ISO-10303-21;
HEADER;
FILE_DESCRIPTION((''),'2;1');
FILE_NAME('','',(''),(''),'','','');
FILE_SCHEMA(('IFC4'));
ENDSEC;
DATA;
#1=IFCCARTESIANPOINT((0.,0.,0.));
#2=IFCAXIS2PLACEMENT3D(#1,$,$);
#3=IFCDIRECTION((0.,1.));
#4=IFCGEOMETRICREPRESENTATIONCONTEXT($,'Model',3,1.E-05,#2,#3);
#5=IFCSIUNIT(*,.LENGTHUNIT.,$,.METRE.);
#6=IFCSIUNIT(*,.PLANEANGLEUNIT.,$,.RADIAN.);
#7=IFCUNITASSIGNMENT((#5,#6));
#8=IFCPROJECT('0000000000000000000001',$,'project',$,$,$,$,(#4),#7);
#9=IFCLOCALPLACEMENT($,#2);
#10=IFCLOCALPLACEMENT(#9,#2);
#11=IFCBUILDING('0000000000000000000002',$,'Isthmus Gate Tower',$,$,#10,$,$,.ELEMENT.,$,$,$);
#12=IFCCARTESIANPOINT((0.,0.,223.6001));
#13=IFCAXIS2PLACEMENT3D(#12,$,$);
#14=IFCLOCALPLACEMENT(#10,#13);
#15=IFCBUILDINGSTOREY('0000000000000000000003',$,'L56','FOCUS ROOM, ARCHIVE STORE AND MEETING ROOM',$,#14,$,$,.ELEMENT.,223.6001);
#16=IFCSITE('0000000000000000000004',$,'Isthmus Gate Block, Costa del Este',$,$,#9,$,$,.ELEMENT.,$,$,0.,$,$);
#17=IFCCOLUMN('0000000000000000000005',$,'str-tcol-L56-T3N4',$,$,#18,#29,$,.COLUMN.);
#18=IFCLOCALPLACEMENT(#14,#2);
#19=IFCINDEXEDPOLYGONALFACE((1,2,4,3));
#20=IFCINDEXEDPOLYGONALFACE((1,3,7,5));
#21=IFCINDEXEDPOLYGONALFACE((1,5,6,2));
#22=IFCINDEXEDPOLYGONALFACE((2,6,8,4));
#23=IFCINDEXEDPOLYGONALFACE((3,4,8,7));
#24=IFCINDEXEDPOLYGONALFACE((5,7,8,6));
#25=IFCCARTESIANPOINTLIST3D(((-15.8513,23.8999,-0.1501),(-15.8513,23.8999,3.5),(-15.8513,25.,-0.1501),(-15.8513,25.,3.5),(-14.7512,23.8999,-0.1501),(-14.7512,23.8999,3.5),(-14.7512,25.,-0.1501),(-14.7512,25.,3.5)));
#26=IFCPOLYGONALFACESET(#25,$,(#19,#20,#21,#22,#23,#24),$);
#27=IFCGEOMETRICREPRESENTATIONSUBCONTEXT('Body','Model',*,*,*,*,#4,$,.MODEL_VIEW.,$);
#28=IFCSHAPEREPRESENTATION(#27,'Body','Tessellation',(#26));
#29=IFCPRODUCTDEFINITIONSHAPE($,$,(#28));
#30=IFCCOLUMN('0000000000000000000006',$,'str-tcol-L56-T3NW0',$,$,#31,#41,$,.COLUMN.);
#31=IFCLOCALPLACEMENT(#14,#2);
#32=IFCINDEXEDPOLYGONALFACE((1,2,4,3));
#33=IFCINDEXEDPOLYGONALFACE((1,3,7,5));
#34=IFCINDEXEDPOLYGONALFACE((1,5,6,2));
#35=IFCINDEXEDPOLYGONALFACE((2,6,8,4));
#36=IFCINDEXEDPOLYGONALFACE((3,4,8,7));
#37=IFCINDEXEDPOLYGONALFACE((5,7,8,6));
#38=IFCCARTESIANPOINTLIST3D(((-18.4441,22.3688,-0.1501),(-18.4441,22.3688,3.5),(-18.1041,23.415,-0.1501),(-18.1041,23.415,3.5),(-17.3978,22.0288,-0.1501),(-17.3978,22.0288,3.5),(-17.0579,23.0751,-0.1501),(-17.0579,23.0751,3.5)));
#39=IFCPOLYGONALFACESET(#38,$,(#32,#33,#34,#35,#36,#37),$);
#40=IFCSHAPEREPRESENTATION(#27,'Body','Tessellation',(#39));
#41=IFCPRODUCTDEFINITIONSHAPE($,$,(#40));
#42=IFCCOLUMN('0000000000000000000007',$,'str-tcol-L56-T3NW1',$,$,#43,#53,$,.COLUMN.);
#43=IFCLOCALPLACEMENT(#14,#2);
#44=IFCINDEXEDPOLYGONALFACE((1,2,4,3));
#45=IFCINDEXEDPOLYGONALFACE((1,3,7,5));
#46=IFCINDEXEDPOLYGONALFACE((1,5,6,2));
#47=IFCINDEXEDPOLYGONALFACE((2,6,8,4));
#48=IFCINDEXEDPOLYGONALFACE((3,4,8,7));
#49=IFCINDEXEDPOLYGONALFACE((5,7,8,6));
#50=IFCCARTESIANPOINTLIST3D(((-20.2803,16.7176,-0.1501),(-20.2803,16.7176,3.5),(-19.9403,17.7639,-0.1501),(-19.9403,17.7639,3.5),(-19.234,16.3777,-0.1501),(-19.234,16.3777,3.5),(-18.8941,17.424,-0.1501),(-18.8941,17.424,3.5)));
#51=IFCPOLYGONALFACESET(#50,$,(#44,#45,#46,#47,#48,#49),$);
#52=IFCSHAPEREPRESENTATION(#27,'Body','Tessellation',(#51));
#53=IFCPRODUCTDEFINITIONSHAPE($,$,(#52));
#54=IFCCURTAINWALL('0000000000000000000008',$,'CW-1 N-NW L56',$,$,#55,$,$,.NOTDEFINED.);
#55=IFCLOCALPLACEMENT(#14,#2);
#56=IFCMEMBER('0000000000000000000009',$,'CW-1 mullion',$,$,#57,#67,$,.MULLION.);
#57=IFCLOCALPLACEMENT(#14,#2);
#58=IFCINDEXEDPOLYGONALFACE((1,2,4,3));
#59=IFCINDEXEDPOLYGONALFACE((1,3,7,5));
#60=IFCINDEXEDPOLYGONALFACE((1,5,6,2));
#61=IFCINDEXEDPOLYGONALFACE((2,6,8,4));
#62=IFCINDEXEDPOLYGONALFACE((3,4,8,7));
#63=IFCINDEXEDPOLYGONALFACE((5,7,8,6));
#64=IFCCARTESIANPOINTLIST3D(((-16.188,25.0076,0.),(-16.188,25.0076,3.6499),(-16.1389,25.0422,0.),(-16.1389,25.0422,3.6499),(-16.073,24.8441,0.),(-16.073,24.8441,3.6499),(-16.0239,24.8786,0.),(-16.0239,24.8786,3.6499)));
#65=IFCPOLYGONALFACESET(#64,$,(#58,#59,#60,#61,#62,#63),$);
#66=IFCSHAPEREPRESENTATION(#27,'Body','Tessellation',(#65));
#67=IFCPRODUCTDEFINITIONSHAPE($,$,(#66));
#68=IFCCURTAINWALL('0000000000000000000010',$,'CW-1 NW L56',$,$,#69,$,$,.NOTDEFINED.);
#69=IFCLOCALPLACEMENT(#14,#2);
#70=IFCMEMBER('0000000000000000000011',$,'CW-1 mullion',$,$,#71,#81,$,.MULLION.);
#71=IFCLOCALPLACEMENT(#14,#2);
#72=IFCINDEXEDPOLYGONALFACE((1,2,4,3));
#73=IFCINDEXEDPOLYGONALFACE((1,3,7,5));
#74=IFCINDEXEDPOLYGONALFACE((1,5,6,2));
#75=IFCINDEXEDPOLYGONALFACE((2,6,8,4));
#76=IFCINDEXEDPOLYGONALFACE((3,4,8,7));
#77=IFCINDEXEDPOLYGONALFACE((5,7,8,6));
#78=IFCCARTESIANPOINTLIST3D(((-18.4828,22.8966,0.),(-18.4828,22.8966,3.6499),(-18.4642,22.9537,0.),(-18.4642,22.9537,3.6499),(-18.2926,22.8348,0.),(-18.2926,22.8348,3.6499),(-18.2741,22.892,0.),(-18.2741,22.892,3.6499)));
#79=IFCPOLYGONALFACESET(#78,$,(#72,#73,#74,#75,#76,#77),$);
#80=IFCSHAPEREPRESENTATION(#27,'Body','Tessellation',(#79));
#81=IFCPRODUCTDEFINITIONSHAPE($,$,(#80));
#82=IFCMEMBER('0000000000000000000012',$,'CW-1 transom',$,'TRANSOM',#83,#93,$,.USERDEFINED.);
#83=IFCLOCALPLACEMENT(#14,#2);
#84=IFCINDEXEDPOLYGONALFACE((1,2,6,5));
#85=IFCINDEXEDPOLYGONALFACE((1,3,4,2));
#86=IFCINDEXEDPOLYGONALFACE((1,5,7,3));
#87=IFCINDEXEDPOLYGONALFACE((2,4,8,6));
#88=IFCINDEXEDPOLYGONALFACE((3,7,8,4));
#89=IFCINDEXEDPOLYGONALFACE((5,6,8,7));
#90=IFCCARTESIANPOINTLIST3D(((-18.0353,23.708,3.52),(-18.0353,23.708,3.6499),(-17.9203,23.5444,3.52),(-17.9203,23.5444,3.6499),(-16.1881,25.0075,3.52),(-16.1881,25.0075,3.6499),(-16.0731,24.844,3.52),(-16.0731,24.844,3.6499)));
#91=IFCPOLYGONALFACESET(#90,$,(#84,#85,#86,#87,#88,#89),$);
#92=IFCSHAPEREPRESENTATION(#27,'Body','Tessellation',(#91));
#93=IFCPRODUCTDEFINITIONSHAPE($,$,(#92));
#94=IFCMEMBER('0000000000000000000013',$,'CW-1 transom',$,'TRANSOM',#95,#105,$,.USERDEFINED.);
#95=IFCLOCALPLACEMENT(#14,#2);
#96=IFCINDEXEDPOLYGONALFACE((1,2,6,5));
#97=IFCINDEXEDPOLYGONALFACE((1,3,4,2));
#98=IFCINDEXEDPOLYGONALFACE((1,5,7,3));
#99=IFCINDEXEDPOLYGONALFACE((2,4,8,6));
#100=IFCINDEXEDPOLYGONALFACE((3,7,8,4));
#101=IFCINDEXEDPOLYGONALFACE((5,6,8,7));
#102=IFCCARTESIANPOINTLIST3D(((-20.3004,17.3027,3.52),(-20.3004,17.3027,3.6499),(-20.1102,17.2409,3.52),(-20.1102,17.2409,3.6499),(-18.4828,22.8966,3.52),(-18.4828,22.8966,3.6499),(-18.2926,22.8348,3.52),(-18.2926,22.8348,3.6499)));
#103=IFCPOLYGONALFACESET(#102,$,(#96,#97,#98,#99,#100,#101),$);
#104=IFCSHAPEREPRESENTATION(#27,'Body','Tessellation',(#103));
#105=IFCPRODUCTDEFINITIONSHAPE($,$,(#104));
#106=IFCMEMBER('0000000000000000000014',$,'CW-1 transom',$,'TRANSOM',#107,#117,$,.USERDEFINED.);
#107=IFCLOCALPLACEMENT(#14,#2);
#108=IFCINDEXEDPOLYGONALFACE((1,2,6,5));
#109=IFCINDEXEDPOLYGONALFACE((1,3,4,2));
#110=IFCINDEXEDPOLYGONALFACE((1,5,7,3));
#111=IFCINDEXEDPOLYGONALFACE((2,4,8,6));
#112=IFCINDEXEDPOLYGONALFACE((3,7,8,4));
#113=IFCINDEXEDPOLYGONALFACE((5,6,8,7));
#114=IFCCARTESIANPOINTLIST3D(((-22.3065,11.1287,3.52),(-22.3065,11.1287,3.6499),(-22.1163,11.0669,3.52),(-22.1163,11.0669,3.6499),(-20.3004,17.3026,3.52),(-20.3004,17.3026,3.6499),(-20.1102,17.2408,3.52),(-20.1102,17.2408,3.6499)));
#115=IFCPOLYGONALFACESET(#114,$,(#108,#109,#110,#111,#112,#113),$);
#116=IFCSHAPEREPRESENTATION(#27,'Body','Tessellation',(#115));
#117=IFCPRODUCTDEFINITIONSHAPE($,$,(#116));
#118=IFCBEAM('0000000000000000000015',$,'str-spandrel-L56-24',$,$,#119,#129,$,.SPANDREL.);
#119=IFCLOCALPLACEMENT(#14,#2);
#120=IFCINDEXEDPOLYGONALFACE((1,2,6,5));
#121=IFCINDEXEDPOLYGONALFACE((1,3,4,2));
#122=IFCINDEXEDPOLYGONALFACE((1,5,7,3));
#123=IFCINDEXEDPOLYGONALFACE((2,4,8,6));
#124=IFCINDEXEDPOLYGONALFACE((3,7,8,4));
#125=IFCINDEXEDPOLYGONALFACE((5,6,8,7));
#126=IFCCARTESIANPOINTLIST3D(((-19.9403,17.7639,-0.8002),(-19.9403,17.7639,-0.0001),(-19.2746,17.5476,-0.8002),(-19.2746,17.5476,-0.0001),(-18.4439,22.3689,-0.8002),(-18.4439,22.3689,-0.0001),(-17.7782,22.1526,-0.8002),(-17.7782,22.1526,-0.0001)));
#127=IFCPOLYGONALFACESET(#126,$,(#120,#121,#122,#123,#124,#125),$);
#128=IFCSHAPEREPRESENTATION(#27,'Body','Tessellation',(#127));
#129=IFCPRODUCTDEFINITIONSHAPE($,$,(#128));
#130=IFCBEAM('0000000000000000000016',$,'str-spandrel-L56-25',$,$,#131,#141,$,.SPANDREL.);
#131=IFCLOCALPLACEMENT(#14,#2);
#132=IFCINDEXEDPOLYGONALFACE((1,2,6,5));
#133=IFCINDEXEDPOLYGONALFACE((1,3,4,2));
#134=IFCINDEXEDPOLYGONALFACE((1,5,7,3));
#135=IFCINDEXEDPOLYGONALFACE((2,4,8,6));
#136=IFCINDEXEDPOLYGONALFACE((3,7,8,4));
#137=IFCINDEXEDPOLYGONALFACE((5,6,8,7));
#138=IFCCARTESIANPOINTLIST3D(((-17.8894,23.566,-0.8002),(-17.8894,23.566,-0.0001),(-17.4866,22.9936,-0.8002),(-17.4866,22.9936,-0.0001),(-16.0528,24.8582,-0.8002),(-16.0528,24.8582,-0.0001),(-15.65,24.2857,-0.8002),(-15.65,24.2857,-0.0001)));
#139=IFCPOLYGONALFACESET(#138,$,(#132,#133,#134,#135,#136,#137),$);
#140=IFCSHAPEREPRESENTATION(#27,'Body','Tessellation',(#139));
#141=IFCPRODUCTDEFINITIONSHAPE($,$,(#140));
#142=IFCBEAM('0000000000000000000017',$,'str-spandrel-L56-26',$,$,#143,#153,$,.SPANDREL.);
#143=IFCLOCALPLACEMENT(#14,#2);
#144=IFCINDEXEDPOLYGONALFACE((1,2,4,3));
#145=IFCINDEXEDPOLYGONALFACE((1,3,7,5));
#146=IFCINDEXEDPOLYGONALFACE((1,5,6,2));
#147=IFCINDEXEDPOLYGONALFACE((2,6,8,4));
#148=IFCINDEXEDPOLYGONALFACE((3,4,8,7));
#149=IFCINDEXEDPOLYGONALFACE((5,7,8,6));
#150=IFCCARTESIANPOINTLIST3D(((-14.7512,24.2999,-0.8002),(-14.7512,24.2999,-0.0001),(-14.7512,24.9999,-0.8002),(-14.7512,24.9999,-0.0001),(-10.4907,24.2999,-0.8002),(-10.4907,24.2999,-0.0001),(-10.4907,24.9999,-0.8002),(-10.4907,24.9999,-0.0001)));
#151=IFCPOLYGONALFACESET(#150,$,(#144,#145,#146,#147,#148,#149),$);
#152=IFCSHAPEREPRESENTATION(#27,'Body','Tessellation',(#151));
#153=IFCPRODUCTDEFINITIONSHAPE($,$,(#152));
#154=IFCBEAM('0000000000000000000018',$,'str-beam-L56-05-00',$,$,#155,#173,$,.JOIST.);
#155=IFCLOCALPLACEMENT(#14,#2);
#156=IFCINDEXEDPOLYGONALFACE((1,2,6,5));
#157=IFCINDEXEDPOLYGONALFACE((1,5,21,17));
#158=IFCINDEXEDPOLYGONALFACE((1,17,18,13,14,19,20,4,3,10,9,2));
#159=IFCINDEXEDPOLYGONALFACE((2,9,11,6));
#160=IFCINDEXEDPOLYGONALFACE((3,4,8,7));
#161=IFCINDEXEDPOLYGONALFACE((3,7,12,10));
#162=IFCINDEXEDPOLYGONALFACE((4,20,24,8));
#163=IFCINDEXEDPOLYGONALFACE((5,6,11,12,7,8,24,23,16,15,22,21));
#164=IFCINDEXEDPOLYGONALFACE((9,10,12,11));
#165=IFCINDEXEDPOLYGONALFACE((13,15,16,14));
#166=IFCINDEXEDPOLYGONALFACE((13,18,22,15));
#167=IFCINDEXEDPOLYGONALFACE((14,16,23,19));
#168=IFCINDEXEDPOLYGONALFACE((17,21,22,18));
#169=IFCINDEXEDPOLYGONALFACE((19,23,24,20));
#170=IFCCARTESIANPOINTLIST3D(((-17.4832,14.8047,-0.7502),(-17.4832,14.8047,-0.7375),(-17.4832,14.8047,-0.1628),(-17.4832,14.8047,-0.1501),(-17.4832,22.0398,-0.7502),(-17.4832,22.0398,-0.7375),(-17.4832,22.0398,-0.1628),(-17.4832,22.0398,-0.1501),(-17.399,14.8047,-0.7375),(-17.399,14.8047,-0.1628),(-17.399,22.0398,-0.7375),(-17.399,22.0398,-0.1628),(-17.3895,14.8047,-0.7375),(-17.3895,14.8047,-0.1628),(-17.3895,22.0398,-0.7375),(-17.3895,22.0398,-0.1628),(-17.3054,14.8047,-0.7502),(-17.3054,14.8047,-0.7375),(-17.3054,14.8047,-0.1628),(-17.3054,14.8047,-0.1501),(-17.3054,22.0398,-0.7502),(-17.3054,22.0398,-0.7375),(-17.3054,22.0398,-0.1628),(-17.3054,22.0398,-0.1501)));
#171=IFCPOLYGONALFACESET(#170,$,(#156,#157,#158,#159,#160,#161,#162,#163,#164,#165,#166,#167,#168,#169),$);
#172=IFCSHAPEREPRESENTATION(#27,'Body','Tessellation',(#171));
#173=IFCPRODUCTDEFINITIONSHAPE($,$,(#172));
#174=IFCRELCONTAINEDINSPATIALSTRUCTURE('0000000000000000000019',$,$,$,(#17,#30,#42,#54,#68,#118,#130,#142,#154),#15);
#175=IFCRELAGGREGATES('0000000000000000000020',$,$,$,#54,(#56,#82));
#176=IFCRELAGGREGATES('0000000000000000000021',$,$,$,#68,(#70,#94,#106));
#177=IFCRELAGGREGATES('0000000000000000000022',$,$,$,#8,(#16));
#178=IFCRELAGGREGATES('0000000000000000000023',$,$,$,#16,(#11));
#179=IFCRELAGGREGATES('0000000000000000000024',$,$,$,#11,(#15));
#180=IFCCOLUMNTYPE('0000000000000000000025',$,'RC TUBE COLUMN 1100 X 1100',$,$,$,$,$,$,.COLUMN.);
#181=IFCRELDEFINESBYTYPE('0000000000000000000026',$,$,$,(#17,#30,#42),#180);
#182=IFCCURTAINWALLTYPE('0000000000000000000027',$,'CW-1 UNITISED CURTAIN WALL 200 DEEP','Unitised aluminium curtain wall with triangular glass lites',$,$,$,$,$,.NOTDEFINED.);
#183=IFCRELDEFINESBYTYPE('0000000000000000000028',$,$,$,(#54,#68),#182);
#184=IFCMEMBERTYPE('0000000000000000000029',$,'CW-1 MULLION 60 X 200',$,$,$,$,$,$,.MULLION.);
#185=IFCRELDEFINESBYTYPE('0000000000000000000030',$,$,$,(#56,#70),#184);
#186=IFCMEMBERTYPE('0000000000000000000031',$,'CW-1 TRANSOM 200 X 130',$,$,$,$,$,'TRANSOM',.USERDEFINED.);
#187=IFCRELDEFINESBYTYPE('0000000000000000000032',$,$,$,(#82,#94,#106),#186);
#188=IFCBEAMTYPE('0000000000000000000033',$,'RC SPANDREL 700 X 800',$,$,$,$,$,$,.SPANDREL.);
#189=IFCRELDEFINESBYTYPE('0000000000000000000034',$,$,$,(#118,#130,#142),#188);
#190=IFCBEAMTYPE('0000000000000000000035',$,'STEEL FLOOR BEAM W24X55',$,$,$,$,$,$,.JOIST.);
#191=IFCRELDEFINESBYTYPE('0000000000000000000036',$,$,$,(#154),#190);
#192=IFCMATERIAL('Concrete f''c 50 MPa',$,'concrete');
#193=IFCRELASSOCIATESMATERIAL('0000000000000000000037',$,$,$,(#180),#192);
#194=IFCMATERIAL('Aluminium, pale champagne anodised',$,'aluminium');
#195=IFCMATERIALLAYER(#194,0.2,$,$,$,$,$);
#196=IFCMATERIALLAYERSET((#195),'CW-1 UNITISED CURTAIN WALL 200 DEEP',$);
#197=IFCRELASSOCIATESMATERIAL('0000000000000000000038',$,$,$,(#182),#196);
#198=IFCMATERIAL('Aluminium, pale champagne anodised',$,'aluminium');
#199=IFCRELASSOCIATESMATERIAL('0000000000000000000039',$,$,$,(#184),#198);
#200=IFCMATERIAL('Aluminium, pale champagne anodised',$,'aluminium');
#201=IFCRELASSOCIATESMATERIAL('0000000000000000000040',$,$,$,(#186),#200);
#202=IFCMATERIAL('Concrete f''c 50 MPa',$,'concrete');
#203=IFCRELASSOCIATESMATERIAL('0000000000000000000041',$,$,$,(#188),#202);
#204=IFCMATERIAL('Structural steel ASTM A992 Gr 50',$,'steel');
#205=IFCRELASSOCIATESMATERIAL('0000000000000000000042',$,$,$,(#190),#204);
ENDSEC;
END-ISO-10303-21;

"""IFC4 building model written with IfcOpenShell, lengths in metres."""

from ifc_helpers import new_model, si_unit, direction, frame, origin, origin_2d, place, context, subcontext, project, spatial, rectangle, i_section, extrude, material, layer, layer_set, material_profile, profile_set, type_object, element, aggregate, save


model = new_model("IFC4")

# Units and contexts
model_context = context("Model", 3, precision=1e-05, world=origin(), true_north=direction((0.0, 1.0)))
body_context = subcontext(model_context, "Body", "Model", "MODEL_VIEW")
ifc_project = project(units=[si_unit("LENGTHUNIT", "METRE"), si_unit("PLANEANGLEUNIT", "RADIAN")], contexts=[model_context])

# Site, building, storey
site_placement = place(None, origin())
site = spatial("IfcSite", under=ifc_project, at=site_placement, Name="Isthmus Gate Block, Costa del Este", CompositionType="ELEMENT", RefElevation=0.0)
building_placement = place(site_placement, origin())
building = spatial("IfcBuilding", under=site, at=building_placement, Name="Isthmus Gate Tower", CompositionType="ELEMENT")
storey_placement = place(building_placement, frame((0.0, 0.0, 223.6001)))
storey = spatial("IfcBuildingStorey", under=building, at=storey_placement, Name="L56", Description="FOCUS ROOM, ARCHIVE STORE AND MEETING ROOM", CompositionType="ELEMENT", Elevation=223.6001)

# Columns
ifc_material_1 = material(Name="Concrete f'c 50 MPa", Category="concrete")
ifc_material_profile_1 = material_profile(ifc_material_1, rectangle(XDim=1.1001, YDim=1.1001, at=origin_2d()), Name="RC 1100X1100")
ifc_profile_set_1 = profile_set([ifc_material_profile_1], Name="Concrete f'c 50 MPa")
column_type = type_object("IfcColumnType", Name="RC TUBE COLUMN 1100 X 1100", PredefinedType="COLUMN", material=ifc_profile_set_1)
for number, where, z_axis, x_axis, name in (
    (1, (-15.3013, 24.45, -0.1501), (0.0, 0.0, 1.0), (-1.0, 0.0, 0.0), "str-tcol-L56-T3N4"),
    (2, (-17.751, 22.7219, -0.1501), (0.0, 0.0, 1.0), (-0.309017, -0.951057, 0.0), "str-tcol-L56-T3NW0"),
    (3, (-19.5872, 17.0708, -0.1501), (0.0, 0.0, 1.0), (-0.309017, -0.951057, 0.0), "str-tcol-L56-T3NW1"),
):
    element("IfcColumn", number, at=place(storey_placement, frame(where, z_axis=z_axis, x_axis=x_axis)), inside=storey, type_object=column_type, Name=name, PredefinedType="COLUMN", context=body_context, shape_type="SweptSolid", body=[
        extrude(rectangle(XDim=1.1001, YDim=1.1001, at=origin_2d()), origin(), (0.0, 0.0, 1.0), 3.6501),
    ])

# Curtain walls, members
ifc_material_2 = material(Name="Aluminium, pale champagne anodised", Category="aluminium")
ifc_layer_1 = layer(ifc_material_2, 0.2)
ifc_layer_set_1 = layer_set([ifc_layer_1], Name="CW-1 UNITISED CURTAIN WALL 200 DEEP")
curtain_wall_type = type_object("IfcCurtainWallType", Name="CW-1 UNITISED CURTAIN WALL 200 DEEP", Description="Unitised aluminium curtain wall with triangular glass lites", PredefinedType="NOTDEFINED", material=ifc_layer_set_1)
curtain_wall_1_placement = place(storey_placement, origin())
curtain_wall_1 = element("IfcCurtainWall", 4, at=curtain_wall_1_placement, inside=storey, type_object=curtain_wall_type, Name="CW-1 N-NW L56", PredefinedType="NOTDEFINED")
ifc_material_3 = material(Name="Aluminium, pale champagne anodised", Category="aluminium")
ifc_material_profile_2 = material_profile(ifc_material_3, rectangle(XDim=0.0601, YDim=0.2, at=origin_2d()), Name="60x200")
ifc_profile_set_2 = profile_set([ifc_material_profile_2], Name="Aluminium, pale champagne anodised")
member_type_1 = type_object("IfcMemberType", Name="CW-1 MULLION 60 X 200", PredefinedType="MULLION", material=ifc_profile_set_2)
member_1_placement = place(storey_placement, frame((-16.106, 24.9431, 0.0), z_axis=(0.0, 0.0, 1.0), x_axis=(-0.81786, -0.575418, 0.0)))
member_1 = element("IfcMember", 5, at=member_1_placement, type_object=member_type_1, Name="CW-1 mullion", PredefinedType="MULLION", context=body_context, shape_type="SweptSolid", body=[
    extrude(rectangle(XDim=0.0601, YDim=0.2, at=origin_2d()), origin(), (0.0, 0.0, 1.0), 3.6499),
])
curtain_wall_2_placement = place(storey_placement, origin())
curtain_wall_2 = element("IfcCurtainWall", 6, at=curtain_wall_2_placement, inside=storey, type_object=curtain_wall_type, Name="CW-1 NW L56", PredefinedType="NOTDEFINED")
member_2_placement = place(storey_placement, frame((-18.3784, 22.8943, 0.0), z_axis=(0.0, 0.0, 1.0), x_axis=(-0.309017, -0.951057, 0.0)))
member_2 = element("IfcMember", 7, at=member_2_placement, type_object=member_type_1, Name="CW-1 mullion", PredefinedType="MULLION", context=body_context, shape_type="SweptSolid", body=[
    extrude(rectangle(XDim=0.0601, YDim=0.2, at=origin_2d()), origin(), (0.0, 0.0, 1.0), 3.6499),
])

# Members
ifc_material_4 = material(Name="Aluminium, pale champagne anodised", Category="aluminium")
ifc_material_profile_3 = material_profile(ifc_material_4, rectangle(XDim=0.2, YDim=0.1299, at=origin_2d()), Name="200x130")
ifc_profile_set_3 = profile_set([ifc_material_profile_3], Name="Aluminium, pale champagne anodised")
member_type_2 = type_object("IfcMemberType", Name="CW-1 TRANSOM 200 X 130", ElementType="TRANSOM", PredefinedType="USERDEFINED", material=ifc_profile_set_3)
member_3_placement = place(storey_placement, frame((-16.1306, 24.9258, 3.585), z_axis=(-0.817869, -0.575405, 0.0), x_axis=(0.575405, -0.817869, 0.0)))
member_3 = element("IfcMember", 8, at=member_3_placement, type_object=member_type_2, Name="CW-1 transom", ObjectType="TRANSOM", PredefinedType="USERDEFINED", context=body_context, shape_type="SweptSolid", body=[
    extrude(rectangle(XDim=0.2, YDim=0.1299, at=origin_2d()), origin(), (0.0, 0.0, 1.0), 2.2585),
])
member_4_placement = place(storey_placement, frame((-18.3877, 22.8657, 3.585), z_axis=(-0.309021, -0.951055, 0.0), x_axis=(0.951055, -0.309021, 0.0)))
member_4 = element("IfcMember", 9, at=member_4_placement, type_object=member_type_2, Name="CW-1 transom", ObjectType="TRANSOM", PredefinedType="USERDEFINED", context=body_context, shape_type="SweptSolid", body=[
    extrude(rectangle(XDim=0.2, YDim=0.1299, at=origin_2d()), origin(), (0.0, 0.0, 1.0), 5.8818),
])
member_5_placement = place(storey_placement, frame((-20.2053, 17.2717, 3.585), z_axis=(-0.309021, -0.951055, 0.0), x_axis=(0.951055, -0.309021, 0.0)))
member_5 = element("IfcMember", 10, at=member_5_placement, type_object=member_type_2, Name="CW-1 transom", ObjectType="TRANSOM", PredefinedType="USERDEFINED", context=body_context, shape_type="SweptSolid", body=[
    extrude(rectangle(XDim=0.2, YDim=0.1299, at=origin_2d()), origin(), (0.0, 0.0, 1.0), 6.4917),
])

# Beams
ifc_material_5 = material(Name="Concrete f'c 50 MPa", Category="concrete")
ifc_material_profile_4 = material_profile(ifc_material_5, rectangle(XDim=0.7, YDim=0.8, at=origin_2d()), Name="RC 700X800")
ifc_profile_set_4 = profile_set([ifc_material_profile_4], Name="Concrete f'c 50 MPa")
beam_type_1 = type_object("IfcBeamType", Name="RC SPANDREL 700 X 800", PredefinedType="SPANDREL", material=ifc_profile_set_4)
beam_1_placement = place(storey_placement, frame((-19.6074, 17.6558, -0.4001), z_axis=(0.309034, 0.951051, 0.0), x_axis=(-0.951051, 0.309034, 0.0)))
element("IfcBeam", 11, at=beam_1_placement, inside=storey, type_object=beam_type_1, Name="str-spandrel-L56-24", PredefinedType="SPANDREL", context=body_context, shape_type="SweptSolid", body=[
    extrude(rectangle(XDim=0.7, YDim=0.8, at=origin_2d()), origin(), (0.0, 0.0, 1.0), 4.842),
])
beam_2_placement = place(storey_placement, frame((-17.688, 23.2798, -0.4001), z_axis=(0.817856, 0.575423, 0.0), x_axis=(-0.575423, 0.817856, 0.0)))
element("IfcBeam", 12, at=beam_2_placement, inside=storey, type_object=beam_type_1, Name="str-spandrel-L56-25", PredefinedType="SPANDREL", context=body_context, shape_type="SweptSolid", body=[
    extrude(rectangle(XDim=0.7, YDim=0.8, at=origin_2d()), origin(), (0.0, 0.0, 1.0), 2.2456),
])
beam_3_placement = place(storey_placement, frame((-14.7512, 24.6499, -0.4001), z_axis=(1.0, 0.0, 0.0), x_axis=(0.0, 1.0, 0.0)))
element("IfcBeam", 13, at=beam_3_placement, inside=storey, type_object=beam_type_1, Name="str-spandrel-L56-26", PredefinedType="SPANDREL", context=body_context, shape_type="SweptSolid", body=[
    extrude(rectangle(XDim=0.7, YDim=0.8, at=origin_2d()), origin(), (0.0, 0.0, 1.0), 4.2605),
])
ifc_material_6 = material(Name="Structural steel ASTM A992 Gr 50", Category="steel")
ifc_material_profile_5 = material_profile(ifc_material_6, i_section(OverallWidth=0.1777, OverallDepth=0.6001, WebThickness=0.0095, FlangeThickness=0.0127, at=origin_2d()), Name="W24X55")
ifc_profile_set_5 = profile_set([ifc_material_profile_5], Name="Structural steel ASTM A992 Gr 50")
beam_type_2 = type_object("IfcBeamType", Name="STEEL FLOOR BEAM W24X55", PredefinedType="JOIST", material=ifc_profile_set_5)
beam_4_placement = place(storey_placement, frame((-17.3943, 14.8047, -0.4502), z_axis=(0.0, 1.0, 0.0), x_axis=(-1.0, 0.0, 0.0)))
element("IfcBeam", 14, at=beam_4_placement, inside=storey, type_object=beam_type_2, Name="str-beam-L56-05-00", PredefinedType="JOIST", context=body_context, shape_type="SweptSolid", body=[
    extrude(i_section(OverallWidth=0.1777, OverallDepth=0.6001, WebThickness=0.0095, FlangeThickness=0.0127, at=origin_2d()), origin(), (0.0, 0.0, 1.0), 7.2351),
])

aggregate(curtain_wall_1, [member_1, member_3])
aggregate(curtain_wall_2, [member_2, member_4, member_5])

save(model, "model.ifc")
